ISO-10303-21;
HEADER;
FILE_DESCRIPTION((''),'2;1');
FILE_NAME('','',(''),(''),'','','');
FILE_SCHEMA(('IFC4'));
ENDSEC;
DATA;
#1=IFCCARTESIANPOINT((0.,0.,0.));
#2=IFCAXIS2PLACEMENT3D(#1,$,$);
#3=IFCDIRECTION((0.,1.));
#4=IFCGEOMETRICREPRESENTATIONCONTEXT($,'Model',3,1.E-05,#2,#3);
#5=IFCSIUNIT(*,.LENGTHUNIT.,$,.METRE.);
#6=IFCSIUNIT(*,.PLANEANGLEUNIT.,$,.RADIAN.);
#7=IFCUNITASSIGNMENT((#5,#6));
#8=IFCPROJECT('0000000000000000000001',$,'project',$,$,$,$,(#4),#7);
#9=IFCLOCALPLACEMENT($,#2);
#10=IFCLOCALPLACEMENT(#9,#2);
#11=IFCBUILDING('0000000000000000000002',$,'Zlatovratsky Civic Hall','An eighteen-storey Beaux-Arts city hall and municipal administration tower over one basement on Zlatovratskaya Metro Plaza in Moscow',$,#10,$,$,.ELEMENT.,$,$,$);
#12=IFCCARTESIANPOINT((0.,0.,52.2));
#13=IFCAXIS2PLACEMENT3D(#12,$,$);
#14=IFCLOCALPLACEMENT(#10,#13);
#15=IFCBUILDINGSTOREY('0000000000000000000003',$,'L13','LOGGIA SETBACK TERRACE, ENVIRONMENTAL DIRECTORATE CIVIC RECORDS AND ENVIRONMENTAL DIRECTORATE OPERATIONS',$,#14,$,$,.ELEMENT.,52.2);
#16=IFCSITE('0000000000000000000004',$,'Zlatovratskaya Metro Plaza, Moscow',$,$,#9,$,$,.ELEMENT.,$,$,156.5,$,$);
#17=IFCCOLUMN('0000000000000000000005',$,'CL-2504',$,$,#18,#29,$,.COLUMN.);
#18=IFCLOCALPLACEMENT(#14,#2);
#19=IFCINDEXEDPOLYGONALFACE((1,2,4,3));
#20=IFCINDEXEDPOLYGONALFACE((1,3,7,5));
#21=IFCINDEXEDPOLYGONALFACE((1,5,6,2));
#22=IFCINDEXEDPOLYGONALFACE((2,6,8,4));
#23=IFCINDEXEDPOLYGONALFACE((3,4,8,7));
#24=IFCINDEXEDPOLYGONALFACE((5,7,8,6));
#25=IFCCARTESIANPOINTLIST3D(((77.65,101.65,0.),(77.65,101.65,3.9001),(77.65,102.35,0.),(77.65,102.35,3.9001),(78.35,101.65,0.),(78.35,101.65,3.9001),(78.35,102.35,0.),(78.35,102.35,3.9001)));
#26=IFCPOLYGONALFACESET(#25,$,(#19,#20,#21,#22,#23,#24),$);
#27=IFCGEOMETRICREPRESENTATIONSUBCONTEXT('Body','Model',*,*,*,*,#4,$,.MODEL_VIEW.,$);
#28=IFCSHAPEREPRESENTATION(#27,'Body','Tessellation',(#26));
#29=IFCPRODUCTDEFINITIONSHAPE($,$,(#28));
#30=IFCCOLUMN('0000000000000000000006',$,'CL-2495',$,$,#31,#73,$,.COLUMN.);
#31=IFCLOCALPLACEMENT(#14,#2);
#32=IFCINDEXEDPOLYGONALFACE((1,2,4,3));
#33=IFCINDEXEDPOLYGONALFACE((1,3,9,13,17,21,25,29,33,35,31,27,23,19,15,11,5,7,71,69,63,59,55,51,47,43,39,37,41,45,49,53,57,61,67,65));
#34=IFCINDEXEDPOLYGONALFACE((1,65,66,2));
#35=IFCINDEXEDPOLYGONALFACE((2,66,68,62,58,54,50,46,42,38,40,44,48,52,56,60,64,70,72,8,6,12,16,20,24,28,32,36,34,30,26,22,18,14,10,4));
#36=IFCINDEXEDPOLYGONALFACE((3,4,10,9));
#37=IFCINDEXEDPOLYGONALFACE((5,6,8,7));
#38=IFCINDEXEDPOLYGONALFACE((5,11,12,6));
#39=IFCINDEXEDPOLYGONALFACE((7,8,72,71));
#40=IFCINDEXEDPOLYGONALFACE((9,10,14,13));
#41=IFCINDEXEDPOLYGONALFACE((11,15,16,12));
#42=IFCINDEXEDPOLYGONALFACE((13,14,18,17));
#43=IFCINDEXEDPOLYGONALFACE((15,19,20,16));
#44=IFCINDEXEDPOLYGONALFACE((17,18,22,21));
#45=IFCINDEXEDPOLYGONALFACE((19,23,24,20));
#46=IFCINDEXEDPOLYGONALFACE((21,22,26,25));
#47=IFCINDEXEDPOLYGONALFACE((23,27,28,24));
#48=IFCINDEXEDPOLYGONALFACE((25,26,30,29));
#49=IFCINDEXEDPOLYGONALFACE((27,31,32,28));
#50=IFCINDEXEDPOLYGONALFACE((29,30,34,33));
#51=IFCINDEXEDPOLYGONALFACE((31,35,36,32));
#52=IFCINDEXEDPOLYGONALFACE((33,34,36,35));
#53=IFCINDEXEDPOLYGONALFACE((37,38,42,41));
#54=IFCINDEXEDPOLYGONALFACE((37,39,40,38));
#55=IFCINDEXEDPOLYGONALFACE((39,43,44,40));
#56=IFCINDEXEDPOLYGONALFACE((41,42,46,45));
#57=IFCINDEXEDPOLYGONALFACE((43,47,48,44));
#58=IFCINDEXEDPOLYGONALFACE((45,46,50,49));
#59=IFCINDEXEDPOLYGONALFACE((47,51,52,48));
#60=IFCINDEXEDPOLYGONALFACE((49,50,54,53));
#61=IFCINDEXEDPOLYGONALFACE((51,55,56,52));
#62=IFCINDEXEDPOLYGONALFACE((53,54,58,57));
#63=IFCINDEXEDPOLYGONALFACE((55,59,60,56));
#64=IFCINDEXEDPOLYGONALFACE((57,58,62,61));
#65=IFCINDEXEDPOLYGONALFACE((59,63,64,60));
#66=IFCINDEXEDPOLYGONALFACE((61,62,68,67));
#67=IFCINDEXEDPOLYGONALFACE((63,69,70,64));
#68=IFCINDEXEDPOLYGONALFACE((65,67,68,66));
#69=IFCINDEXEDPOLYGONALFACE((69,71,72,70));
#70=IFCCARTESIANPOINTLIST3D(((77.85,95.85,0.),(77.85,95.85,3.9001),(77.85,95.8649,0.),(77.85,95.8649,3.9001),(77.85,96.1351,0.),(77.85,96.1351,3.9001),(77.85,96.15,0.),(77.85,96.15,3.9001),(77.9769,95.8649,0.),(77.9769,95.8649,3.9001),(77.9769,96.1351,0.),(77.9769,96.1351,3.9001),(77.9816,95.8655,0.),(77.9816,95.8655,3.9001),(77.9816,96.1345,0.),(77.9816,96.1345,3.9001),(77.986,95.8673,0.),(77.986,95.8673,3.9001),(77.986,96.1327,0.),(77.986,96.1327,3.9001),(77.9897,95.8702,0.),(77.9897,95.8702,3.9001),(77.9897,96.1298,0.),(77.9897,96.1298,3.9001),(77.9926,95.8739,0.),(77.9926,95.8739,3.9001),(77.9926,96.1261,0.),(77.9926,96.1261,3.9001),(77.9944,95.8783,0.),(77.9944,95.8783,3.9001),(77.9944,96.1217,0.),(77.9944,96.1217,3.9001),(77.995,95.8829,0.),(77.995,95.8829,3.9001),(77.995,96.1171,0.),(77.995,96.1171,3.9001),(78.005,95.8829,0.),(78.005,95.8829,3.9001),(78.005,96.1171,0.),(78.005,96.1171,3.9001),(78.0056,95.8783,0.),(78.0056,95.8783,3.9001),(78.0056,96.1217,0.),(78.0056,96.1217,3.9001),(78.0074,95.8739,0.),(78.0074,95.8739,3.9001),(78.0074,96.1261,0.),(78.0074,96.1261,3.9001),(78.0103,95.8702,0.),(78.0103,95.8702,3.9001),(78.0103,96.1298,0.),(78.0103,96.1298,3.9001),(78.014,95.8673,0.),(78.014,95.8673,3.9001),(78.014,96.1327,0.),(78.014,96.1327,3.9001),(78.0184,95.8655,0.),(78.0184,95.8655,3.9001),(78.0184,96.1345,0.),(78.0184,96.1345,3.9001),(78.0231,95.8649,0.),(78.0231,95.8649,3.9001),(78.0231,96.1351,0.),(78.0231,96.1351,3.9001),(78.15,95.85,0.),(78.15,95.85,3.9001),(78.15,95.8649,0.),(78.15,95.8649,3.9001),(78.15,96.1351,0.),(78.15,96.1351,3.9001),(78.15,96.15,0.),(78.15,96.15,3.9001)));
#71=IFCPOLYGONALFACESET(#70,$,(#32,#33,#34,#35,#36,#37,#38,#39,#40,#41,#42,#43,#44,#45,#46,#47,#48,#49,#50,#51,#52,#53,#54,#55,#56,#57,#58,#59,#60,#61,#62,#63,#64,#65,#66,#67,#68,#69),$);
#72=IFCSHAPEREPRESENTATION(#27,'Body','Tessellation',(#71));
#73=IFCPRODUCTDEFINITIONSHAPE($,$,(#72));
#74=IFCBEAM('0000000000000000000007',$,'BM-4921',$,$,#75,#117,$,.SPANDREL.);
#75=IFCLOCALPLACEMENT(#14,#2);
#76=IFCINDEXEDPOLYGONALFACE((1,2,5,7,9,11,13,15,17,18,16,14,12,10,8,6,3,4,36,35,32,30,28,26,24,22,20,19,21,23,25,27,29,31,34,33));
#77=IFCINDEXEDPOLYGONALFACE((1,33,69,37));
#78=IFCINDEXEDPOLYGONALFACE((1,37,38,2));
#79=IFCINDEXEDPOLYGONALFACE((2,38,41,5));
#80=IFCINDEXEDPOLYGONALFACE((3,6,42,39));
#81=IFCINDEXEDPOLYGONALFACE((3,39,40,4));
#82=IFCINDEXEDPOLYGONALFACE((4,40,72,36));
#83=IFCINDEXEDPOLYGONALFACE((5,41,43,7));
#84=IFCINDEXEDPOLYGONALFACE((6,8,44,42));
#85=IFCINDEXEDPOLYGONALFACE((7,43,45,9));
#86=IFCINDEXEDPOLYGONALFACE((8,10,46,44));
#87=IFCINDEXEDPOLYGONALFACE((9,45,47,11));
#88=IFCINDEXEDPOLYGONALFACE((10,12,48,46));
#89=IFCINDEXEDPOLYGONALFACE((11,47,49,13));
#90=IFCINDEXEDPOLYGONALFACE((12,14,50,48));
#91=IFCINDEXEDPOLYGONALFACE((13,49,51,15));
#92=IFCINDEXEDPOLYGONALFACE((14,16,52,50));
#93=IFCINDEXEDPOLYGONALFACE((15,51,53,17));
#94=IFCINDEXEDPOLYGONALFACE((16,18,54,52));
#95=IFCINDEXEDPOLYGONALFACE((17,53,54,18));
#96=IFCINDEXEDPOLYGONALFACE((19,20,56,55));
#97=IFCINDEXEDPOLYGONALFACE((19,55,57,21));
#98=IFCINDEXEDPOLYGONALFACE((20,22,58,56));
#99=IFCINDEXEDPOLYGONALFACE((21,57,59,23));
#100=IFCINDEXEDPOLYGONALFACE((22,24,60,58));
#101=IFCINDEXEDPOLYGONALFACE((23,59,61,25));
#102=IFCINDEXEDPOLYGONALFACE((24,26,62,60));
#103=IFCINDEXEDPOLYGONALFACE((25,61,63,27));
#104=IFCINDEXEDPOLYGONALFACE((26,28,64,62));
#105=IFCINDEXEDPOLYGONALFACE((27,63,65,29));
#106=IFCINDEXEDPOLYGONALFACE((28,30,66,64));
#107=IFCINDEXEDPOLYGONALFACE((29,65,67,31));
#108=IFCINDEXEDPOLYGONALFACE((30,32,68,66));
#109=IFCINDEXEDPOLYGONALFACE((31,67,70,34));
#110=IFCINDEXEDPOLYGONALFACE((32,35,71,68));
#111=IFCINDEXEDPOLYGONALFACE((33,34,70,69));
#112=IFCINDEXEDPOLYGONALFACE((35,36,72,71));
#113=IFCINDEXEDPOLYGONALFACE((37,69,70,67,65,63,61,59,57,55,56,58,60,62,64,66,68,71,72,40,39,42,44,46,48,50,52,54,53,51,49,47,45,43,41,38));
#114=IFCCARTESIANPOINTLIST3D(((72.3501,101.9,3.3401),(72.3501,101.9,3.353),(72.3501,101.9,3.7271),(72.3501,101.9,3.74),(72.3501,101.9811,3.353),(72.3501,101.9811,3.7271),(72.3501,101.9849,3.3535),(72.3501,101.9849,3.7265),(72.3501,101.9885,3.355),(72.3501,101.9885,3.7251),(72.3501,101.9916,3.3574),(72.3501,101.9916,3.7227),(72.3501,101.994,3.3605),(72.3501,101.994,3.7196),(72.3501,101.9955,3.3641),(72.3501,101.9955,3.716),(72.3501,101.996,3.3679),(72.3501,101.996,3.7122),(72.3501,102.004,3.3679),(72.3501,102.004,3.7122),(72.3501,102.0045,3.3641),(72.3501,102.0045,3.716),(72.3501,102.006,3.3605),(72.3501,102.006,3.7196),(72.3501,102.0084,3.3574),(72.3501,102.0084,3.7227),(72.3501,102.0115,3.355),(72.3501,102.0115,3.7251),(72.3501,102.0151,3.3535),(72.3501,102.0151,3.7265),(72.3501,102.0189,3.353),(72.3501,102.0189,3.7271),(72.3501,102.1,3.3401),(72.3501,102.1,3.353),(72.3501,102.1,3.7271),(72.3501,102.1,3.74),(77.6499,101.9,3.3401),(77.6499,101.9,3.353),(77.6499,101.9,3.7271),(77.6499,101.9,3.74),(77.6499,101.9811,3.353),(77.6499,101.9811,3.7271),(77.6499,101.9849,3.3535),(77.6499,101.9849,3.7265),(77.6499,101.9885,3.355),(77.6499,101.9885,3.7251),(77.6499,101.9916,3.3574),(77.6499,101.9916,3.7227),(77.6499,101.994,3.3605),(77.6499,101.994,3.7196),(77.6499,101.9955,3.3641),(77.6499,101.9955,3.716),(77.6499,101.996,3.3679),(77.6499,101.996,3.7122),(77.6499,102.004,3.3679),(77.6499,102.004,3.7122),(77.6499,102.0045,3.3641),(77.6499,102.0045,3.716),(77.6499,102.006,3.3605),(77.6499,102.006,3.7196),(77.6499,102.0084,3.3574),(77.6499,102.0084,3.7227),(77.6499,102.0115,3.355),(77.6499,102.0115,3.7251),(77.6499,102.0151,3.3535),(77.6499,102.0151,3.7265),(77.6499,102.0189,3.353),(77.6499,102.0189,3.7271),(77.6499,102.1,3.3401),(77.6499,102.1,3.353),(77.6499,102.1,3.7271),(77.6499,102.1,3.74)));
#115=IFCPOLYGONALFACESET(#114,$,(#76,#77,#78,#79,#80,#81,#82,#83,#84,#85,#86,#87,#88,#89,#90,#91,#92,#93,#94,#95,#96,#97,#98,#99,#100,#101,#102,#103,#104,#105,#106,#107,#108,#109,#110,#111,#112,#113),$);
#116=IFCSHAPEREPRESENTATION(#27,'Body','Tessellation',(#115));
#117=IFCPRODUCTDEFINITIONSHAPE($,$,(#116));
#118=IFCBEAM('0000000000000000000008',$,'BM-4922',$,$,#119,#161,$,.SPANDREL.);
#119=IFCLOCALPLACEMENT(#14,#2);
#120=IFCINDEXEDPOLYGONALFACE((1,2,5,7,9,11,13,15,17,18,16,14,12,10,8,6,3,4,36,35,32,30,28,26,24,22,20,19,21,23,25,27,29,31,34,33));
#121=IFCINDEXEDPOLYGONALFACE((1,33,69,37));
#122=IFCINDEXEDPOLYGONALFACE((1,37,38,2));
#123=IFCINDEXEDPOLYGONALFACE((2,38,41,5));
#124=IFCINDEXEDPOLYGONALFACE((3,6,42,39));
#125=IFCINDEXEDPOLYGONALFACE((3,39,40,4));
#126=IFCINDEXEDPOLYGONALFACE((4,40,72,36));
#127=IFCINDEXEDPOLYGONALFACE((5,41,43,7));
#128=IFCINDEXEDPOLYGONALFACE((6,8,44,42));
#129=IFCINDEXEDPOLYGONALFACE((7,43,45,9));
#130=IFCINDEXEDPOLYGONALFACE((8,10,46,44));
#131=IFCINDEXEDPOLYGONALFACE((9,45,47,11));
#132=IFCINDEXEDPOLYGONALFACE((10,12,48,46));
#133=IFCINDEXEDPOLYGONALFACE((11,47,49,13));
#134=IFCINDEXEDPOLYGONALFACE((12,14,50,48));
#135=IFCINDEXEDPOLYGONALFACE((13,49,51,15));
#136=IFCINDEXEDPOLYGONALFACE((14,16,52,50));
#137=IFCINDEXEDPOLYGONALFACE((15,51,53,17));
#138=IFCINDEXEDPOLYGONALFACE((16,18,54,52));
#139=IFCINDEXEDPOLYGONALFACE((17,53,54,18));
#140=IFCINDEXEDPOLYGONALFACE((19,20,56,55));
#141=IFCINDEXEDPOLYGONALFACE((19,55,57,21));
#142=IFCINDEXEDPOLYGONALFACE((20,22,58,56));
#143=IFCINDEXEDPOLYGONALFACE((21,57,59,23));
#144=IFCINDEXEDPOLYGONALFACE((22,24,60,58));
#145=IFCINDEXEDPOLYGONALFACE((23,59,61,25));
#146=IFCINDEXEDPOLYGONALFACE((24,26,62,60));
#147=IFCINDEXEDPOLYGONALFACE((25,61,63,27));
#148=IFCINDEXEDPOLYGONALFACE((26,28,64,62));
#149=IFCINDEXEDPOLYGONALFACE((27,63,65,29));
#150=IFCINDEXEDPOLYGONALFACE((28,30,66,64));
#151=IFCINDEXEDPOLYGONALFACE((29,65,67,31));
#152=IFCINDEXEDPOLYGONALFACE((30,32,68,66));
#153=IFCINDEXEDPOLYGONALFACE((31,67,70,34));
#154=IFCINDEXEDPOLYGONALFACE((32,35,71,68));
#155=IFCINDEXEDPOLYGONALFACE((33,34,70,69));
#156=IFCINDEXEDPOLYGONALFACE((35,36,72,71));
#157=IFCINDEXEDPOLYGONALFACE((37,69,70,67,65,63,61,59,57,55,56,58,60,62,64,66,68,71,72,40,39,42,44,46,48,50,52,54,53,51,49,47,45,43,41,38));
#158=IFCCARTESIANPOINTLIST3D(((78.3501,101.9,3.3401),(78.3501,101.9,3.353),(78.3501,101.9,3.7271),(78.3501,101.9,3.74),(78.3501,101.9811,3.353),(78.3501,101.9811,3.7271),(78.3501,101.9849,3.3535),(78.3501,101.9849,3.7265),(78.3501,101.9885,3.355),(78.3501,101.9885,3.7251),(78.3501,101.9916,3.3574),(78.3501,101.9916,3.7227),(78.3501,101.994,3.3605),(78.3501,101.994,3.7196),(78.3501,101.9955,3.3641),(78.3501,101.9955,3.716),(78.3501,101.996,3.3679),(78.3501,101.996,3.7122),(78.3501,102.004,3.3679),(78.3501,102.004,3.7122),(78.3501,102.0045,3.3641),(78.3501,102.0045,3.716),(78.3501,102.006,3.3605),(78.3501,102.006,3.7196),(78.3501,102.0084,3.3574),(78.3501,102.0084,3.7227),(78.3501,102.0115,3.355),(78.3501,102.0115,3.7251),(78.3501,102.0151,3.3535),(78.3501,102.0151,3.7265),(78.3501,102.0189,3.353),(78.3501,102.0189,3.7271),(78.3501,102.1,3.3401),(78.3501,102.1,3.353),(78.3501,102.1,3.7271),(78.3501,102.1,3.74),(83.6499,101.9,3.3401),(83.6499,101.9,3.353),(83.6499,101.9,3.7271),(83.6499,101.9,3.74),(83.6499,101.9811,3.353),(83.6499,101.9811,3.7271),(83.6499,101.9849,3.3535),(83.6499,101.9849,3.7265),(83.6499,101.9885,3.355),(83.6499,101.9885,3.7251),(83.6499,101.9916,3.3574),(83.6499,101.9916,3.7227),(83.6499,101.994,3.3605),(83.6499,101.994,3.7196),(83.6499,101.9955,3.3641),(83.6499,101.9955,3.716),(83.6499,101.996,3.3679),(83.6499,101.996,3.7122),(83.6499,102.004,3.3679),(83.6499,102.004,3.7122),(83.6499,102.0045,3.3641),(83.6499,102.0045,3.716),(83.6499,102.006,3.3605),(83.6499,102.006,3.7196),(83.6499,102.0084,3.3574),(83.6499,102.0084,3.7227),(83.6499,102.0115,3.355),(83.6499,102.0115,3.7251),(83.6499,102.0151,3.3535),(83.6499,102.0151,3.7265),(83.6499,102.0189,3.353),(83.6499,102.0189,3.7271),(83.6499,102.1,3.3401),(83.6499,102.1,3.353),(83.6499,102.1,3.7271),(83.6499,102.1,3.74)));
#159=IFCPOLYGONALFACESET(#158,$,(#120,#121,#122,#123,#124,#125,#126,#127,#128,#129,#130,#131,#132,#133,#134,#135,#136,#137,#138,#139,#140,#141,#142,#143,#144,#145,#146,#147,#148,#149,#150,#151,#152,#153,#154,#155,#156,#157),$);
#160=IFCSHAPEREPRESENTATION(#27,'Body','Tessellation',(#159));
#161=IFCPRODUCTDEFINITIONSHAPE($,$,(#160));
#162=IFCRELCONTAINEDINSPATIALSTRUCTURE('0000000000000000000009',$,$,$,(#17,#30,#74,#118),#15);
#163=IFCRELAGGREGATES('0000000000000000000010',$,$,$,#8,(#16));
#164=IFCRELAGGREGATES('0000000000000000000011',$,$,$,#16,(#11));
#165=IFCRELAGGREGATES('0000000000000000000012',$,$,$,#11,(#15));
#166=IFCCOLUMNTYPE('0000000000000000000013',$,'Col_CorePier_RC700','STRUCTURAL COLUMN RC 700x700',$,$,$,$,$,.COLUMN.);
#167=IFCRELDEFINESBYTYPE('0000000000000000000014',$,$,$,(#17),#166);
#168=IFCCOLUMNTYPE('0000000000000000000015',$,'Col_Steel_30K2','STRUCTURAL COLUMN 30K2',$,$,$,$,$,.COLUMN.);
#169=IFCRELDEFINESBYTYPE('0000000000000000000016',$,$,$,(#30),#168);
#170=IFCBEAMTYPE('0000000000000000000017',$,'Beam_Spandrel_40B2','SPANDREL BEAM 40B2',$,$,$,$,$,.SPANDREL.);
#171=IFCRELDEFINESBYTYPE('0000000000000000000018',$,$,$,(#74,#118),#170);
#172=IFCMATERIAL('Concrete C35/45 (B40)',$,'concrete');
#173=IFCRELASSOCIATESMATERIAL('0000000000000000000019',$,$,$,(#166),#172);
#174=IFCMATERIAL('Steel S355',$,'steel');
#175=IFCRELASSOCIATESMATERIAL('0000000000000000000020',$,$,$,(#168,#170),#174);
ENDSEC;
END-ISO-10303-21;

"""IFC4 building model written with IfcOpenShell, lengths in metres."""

from ifc_helpers import new_model, si_unit, direction, frame, origin, origin_2d, place, context, subcontext, project, spatial, rectangle, i_section, extrude, material, material_profile, profile_set, type_object, element, save


model = new_model("IFC4")

# Units and contexts
model_context = context("Model", 3, precision=1e-05, world=origin(), true_north=direction((0.0, 1.0)))
body_context = subcontext(model_context, "Body", "Model", "MODEL_VIEW")
ifc_project = project(units=[si_unit("LENGTHUNIT", "METRE"), si_unit("PLANEANGLEUNIT", "RADIAN")], contexts=[model_context])

# Site, building, storey
site_placement = place(None, origin())
site = spatial("IfcSite", under=ifc_project, at=site_placement, Name="Zlatovratskaya Metro Plaza, Moscow", CompositionType="ELEMENT", RefElevation=156.5)
building_placement = place(site_placement, origin())
building = spatial("IfcBuilding", under=site, at=building_placement, Name="Zlatovratsky Civic Hall", Description="An eighteen-storey Beaux-Arts city hall and municipal administration tower over one basement on Zlatovratskaya Metro Plaza in Moscow", CompositionType="ELEMENT")
storey_placement = place(building_placement, frame((0.0, 0.0, 52.2)))
storey = spatial("IfcBuildingStorey", under=building, at=storey_placement, Name="L13", Description="LOGGIA SETBACK TERRACE, ENVIRONMENTAL DIRECTORATE CIVIC RECORDS AND ENVIRONMENTAL DIRECTORATE OPERATIONS", CompositionType="ELEMENT", Elevation=52.2)

# Columns
ifc_material_1 = material(Name="Concrete C35/45 (B40)", Category="concrete")
ifc_material_profile_1 = material_profile(ifc_material_1, rectangle(XDim=0.7, YDim=0.7, at=origin_2d()), Name="RC 700x700")
ifc_profile_set_1 = profile_set([ifc_material_profile_1], Name="Concrete C35/45 (B40)")
column_type_1 = type_object("IfcColumnType", Name="Col_CorePier_RC700", Description="STRUCTURAL COLUMN RC 700x700", PredefinedType="COLUMN", material=ifc_profile_set_1)
column_1_placement = place(storey_placement, frame((78.0, 102.0, 0.0), z_axis=(0.0, 0.0, 1.0), x_axis=(1.0, 0.0, 0.0)))
element("IfcColumn", 1, at=column_1_placement, inside=storey, type_object=column_type_1, Name="CL-2504", PredefinedType="COLUMN", context=body_context, shape_type="SweptSolid", body=[
    extrude(rectangle(XDim=0.7, YDim=0.7, at=origin_2d()), origin(), (0.0, 0.0, 1.0), 3.9001),
])
ifc_material_2 = material(Name="Steel S355", Category="steel")
ifc_material_profile_2 = material_profile(ifc_material_2, i_section(OverallWidth=0.3, OverallDepth=0.3, WebThickness=0.01, FlangeThickness=0.0149, FilletRadius=0.0181, at=origin_2d()), Name="30K2")
ifc_profile_set_2 = profile_set([ifc_material_profile_2], Name="Steel S355")
column_type_2 = type_object("IfcColumnType", Name="Col_Steel_30K2", Description="STRUCTURAL COLUMN 30K2", PredefinedType="COLUMN", material=ifc_profile_set_2)
column_2_placement = place(storey_placement, frame((78.0, 96.0, 0.0), z_axis=(0.0, 0.0, 1.0), x_axis=(1.0, 0.0, 0.0)))
element("IfcColumn", 2, at=column_2_placement, inside=storey, type_object=column_type_2, Name="CL-2495", PredefinedType="COLUMN", context=body_context, shape_type="SweptSolid", body=[
    extrude(i_section(OverallWidth=0.3, OverallDepth=0.3, WebThickness=0.01, FlangeThickness=0.0149, FilletRadius=0.0181, at=origin_2d()), origin(), (0.0, 0.0, 1.0), 3.9001),
])

# Beams
ifc_material_profile_3 = material_profile(ifc_material_2, i_section(OverallWidth=0.2, OverallDepth=0.3999, WebThickness=0.0081, FlangeThickness=0.0129, FilletRadius=0.0149, at=origin_2d()), Name="40B2")
ifc_profile_set_3 = profile_set([ifc_material_profile_3], Name="Steel S355")
beam_type_1 = type_object("IfcBeamType", Name="Beam_Spandrel_40B2", Description="SPANDREL BEAM 40B2", PredefinedType="SPANDREL", material=ifc_profile_set_3)
for number, where, z_axis, x_axis, name in (
    (3, (72.3501, 102.0, 3.54), (1.0, 0.0, 0.0), (0.0, 1.0, 0.0), "BM-4921"),
    (4, (78.3501, 102.0, 3.54), (1.0, 0.0, 0.0), (0.0, 1.0, 0.0), "BM-4922"),
):
    element("IfcBeam", number, at=place(storey_placement, frame(where, z_axis=z_axis, x_axis=x_axis)), inside=storey, type_object=beam_type_1, Name=name, PredefinedType="SPANDREL", context=body_context, shape_type="SweptSolid", body=[
        extrude(i_section(OverallWidth=0.2, OverallDepth=0.3999, WebThickness=0.0081, FlangeThickness=0.0129, FilletRadius=0.0149, at=origin_2d()), origin(), (0.0, 0.0, 1.0), 5.2998),
    ])

save(model, "model.ifc")
